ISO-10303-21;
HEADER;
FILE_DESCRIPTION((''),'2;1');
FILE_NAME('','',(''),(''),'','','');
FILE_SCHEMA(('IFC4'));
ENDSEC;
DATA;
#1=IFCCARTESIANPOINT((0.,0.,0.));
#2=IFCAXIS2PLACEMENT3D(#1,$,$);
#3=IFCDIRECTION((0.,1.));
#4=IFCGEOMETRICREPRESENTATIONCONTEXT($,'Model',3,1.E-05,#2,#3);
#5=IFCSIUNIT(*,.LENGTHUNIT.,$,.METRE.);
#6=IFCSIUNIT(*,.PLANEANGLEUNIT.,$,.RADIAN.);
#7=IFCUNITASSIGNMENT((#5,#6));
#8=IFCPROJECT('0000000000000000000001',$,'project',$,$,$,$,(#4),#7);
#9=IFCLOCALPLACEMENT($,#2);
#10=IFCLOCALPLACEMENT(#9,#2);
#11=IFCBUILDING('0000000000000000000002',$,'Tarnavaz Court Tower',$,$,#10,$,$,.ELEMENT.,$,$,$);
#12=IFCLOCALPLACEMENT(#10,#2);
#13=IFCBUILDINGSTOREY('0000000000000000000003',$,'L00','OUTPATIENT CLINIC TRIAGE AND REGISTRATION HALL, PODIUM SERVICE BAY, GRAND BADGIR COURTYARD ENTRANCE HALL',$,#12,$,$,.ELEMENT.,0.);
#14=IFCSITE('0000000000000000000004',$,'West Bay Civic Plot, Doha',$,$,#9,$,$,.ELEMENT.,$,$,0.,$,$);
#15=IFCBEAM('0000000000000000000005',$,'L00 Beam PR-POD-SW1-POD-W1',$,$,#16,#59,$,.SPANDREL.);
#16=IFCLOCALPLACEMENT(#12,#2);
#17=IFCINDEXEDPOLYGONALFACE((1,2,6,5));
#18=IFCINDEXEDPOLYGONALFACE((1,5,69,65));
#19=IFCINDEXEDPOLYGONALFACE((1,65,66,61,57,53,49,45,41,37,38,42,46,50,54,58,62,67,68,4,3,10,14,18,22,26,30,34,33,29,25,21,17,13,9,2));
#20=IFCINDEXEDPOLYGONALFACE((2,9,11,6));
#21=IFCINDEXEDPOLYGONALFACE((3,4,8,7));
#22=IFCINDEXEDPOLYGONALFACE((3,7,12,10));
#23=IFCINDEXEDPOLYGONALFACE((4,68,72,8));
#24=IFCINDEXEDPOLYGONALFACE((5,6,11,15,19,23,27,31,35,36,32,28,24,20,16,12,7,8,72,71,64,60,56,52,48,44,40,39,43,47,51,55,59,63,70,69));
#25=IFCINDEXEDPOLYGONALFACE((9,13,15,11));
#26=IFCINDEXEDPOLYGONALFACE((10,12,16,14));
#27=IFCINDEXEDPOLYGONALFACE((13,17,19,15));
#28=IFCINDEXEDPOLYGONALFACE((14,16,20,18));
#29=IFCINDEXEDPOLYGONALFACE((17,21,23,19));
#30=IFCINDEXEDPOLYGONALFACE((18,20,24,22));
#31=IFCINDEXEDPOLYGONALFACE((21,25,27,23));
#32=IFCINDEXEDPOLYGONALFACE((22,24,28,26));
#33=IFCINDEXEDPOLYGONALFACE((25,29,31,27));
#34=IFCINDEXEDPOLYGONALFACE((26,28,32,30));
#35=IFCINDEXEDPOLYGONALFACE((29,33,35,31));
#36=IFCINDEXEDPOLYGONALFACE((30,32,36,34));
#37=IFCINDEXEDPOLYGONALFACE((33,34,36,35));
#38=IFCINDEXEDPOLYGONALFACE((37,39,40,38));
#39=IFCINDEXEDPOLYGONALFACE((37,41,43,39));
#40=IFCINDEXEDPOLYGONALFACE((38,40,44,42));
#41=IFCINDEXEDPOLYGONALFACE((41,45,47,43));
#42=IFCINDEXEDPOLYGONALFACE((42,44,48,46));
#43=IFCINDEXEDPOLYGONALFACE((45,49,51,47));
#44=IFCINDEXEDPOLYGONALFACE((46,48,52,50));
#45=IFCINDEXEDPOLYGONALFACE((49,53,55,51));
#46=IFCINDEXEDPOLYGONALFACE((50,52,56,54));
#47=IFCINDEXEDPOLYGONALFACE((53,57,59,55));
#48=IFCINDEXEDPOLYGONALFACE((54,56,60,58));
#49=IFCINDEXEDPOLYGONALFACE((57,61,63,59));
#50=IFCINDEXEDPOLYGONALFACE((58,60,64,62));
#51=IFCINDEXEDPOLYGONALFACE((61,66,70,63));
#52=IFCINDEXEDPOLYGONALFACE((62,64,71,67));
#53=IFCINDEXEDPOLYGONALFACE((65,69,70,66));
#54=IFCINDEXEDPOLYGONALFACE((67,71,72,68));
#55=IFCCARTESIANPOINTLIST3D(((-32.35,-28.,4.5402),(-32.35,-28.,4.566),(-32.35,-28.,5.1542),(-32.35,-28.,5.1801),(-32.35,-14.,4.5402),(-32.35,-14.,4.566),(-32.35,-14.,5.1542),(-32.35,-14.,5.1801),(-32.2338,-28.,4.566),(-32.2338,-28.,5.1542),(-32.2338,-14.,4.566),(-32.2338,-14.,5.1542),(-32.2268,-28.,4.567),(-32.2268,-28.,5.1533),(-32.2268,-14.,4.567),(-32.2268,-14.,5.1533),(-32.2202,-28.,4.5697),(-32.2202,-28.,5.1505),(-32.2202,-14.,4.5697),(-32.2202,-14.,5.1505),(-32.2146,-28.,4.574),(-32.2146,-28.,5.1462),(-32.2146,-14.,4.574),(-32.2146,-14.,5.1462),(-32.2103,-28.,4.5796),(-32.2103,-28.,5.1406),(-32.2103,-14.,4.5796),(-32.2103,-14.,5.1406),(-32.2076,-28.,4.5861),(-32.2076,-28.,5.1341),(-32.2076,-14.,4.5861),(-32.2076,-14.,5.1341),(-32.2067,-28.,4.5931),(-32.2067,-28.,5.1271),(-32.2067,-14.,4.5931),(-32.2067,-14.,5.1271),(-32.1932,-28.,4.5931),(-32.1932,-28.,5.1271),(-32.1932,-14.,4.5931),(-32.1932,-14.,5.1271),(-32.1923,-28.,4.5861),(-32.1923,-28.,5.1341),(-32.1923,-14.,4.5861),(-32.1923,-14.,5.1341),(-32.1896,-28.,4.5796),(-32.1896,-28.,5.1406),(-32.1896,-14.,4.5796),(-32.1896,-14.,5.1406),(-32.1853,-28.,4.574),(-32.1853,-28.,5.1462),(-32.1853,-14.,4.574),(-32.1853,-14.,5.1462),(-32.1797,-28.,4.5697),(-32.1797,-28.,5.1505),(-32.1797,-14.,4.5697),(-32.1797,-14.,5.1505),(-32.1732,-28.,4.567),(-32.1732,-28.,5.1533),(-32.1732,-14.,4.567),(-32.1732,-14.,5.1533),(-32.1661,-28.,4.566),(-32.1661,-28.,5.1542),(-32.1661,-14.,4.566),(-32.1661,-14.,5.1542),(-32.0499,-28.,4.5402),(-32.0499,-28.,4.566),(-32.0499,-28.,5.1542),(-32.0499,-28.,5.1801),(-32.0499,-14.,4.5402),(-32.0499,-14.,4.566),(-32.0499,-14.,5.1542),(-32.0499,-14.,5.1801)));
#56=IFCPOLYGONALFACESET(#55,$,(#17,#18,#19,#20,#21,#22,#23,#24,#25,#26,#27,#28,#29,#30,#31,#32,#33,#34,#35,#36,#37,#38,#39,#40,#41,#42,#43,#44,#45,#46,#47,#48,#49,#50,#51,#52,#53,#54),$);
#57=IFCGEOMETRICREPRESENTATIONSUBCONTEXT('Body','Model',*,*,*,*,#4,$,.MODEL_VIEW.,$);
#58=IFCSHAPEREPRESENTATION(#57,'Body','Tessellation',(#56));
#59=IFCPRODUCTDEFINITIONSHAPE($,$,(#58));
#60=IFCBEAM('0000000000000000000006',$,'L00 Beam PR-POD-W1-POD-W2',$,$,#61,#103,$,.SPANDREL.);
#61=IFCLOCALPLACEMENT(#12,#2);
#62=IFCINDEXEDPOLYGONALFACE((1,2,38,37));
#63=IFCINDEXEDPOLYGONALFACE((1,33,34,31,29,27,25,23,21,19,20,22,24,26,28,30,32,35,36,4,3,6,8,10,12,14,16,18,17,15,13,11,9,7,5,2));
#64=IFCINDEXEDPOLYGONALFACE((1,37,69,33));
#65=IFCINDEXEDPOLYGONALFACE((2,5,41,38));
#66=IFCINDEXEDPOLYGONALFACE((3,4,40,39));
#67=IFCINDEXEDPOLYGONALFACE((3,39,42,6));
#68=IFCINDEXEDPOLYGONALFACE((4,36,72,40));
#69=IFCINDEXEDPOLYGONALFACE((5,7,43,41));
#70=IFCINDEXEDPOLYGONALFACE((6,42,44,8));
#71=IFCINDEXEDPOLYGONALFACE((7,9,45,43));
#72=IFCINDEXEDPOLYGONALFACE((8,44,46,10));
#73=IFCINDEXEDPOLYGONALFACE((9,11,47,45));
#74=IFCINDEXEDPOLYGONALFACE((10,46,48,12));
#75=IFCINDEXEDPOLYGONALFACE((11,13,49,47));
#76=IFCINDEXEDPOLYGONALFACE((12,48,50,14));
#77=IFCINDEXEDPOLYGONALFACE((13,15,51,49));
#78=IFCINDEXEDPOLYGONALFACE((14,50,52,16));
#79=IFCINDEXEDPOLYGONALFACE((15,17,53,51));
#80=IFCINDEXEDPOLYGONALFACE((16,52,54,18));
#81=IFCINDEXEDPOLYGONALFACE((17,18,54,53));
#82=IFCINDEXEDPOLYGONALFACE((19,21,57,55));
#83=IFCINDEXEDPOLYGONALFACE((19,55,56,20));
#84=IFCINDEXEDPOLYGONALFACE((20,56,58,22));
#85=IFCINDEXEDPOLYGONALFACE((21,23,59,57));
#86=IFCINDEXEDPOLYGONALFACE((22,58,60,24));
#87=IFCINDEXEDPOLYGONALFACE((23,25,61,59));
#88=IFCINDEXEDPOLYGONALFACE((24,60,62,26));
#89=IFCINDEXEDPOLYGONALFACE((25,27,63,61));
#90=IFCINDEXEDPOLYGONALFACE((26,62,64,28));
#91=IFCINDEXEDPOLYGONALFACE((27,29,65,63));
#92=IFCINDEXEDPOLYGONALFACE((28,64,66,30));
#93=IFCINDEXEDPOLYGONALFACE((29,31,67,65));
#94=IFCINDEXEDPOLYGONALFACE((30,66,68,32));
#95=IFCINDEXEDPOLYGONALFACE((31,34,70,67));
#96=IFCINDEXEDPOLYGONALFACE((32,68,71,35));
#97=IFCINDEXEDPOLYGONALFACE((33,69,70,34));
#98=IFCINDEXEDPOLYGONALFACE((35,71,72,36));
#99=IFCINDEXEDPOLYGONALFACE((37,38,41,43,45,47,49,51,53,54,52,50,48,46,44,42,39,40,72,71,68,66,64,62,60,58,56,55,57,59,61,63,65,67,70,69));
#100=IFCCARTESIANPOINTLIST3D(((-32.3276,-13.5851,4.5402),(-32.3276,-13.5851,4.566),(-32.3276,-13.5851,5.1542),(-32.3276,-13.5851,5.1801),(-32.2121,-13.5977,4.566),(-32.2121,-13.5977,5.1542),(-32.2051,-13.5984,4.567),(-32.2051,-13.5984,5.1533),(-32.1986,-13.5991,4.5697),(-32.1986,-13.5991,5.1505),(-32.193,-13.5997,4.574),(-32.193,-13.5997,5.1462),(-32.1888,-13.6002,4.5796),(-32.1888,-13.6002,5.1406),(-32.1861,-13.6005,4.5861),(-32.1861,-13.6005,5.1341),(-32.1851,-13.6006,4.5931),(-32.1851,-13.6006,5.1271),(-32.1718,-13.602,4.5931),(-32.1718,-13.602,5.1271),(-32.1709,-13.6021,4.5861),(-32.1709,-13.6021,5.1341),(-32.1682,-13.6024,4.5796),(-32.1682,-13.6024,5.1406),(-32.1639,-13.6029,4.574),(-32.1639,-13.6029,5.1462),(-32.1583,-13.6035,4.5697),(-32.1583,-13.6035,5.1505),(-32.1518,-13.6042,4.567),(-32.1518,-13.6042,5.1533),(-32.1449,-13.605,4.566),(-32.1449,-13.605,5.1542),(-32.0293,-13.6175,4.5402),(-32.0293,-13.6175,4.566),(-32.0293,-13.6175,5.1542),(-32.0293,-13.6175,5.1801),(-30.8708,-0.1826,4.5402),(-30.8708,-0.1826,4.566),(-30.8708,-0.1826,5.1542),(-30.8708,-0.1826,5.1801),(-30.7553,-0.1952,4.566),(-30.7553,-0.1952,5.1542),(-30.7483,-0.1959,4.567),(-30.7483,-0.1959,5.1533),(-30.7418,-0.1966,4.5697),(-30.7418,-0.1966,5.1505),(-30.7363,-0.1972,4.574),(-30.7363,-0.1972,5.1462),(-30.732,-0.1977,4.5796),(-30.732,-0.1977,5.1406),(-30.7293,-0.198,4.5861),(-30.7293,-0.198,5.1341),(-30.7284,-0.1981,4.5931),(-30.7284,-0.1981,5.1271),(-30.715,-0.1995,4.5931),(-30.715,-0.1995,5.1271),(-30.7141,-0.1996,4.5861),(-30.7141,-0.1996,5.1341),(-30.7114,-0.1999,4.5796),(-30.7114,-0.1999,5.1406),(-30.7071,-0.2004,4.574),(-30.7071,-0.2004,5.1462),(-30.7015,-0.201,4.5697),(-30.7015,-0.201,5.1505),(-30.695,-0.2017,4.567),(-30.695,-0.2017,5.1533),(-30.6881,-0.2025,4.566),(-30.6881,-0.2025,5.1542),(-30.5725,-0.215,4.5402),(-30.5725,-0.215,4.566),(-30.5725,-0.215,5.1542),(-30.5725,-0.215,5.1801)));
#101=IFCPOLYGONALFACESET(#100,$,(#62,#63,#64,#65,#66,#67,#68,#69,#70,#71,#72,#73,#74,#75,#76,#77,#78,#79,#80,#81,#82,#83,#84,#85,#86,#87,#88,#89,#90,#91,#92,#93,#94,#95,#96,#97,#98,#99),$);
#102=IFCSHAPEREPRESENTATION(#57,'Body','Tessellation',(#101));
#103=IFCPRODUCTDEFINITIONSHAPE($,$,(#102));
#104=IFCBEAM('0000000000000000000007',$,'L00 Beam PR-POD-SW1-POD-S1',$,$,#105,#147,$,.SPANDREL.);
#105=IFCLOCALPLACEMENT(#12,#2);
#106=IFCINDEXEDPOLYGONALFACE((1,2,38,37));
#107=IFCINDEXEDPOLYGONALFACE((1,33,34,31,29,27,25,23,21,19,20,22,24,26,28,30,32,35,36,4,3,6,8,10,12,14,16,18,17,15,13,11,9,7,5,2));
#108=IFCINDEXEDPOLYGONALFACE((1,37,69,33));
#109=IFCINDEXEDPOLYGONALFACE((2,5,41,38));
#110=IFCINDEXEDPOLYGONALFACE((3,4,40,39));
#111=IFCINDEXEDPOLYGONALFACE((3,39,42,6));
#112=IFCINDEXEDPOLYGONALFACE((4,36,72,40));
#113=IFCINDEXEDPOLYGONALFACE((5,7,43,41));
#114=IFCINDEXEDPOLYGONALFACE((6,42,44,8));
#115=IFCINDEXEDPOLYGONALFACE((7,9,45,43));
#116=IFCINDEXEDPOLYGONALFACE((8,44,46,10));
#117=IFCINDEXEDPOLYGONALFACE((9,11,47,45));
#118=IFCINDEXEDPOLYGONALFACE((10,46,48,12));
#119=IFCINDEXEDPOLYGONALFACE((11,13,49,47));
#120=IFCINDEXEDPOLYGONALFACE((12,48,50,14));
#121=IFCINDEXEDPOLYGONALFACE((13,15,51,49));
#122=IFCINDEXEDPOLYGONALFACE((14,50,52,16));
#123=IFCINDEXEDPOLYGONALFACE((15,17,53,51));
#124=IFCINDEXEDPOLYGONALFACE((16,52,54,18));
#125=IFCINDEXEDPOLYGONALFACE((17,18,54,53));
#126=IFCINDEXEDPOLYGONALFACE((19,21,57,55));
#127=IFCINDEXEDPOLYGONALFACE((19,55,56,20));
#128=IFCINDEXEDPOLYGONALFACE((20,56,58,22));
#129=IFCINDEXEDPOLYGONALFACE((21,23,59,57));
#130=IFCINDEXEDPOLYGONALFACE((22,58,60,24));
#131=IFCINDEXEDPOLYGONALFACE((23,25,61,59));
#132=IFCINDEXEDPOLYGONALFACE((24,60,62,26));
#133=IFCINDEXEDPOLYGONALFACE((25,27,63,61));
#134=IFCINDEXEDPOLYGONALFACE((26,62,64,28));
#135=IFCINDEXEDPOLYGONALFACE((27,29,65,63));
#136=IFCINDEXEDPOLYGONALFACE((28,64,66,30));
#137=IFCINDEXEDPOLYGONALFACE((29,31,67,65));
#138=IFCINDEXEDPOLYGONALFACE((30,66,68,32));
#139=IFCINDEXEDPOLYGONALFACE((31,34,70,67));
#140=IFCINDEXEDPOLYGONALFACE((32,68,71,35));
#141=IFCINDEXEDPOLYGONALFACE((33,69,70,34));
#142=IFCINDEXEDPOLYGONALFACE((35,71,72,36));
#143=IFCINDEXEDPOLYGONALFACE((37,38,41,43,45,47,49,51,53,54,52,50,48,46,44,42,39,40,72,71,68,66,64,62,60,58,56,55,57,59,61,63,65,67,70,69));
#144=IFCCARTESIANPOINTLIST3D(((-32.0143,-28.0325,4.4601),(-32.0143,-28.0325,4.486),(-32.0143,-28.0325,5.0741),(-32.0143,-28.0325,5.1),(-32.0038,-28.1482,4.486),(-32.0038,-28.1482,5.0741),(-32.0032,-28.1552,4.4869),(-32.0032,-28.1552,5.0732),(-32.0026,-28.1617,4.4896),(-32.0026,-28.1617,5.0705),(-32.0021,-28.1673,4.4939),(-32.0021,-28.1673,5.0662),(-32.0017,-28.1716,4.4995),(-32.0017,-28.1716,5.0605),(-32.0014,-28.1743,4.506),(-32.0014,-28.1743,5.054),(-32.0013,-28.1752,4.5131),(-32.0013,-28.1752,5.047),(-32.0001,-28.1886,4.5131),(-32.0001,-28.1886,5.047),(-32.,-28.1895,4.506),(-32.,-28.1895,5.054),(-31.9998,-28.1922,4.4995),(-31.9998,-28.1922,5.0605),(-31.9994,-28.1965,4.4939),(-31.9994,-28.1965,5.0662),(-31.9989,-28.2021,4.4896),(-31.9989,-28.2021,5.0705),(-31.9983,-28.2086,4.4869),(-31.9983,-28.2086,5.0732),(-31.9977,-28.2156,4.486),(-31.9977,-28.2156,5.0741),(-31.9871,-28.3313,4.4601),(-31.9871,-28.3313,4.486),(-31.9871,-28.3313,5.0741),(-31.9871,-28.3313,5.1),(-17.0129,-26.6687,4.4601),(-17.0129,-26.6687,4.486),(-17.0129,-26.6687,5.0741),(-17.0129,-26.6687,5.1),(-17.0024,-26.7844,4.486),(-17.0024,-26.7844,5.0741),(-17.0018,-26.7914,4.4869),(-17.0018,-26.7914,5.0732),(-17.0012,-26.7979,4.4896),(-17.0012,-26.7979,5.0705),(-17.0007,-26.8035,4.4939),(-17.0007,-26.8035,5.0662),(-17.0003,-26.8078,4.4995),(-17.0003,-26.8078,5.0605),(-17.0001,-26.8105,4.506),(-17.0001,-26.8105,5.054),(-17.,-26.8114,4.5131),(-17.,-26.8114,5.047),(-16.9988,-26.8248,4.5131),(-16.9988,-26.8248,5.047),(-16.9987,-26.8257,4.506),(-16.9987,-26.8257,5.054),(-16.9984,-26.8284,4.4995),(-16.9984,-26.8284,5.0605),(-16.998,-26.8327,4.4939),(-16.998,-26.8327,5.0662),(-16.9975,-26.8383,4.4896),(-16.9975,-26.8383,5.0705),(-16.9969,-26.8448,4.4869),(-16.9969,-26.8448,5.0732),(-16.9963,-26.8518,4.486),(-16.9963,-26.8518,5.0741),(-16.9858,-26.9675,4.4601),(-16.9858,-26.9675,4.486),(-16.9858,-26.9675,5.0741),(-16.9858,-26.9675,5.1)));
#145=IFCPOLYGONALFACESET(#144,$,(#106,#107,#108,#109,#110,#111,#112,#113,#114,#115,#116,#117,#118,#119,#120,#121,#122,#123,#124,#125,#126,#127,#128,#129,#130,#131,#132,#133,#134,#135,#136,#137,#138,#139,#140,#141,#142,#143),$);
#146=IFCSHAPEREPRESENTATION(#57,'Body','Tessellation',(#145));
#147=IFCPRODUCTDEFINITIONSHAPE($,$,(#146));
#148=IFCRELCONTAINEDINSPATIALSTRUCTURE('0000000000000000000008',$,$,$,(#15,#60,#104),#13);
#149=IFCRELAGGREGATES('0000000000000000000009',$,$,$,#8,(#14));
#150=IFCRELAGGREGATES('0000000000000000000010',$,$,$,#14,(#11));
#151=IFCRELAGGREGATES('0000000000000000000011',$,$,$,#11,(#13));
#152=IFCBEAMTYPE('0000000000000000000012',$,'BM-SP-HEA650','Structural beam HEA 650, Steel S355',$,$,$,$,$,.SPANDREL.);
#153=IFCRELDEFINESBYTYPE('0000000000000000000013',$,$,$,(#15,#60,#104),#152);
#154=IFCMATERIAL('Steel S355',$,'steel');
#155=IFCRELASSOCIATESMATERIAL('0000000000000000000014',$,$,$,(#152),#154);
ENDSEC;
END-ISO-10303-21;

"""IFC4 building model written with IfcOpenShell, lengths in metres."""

from ifc_helpers import new_model, si_unit, direction, frame, origin, origin_2d, place, context, subcontext, project, spatial, i_section, extrude, material, material_profile, profile_set, type_object, element, save


model = new_model("IFC4")

# Units and contexts
model_context = context("Model", 3, precision=1e-05, world=origin(), true_north=direction((0.0, 1.0)))
body_context = subcontext(model_context, "Body", "Model", "MODEL_VIEW")
ifc_project = project(units=[si_unit("LENGTHUNIT", "METRE"), si_unit("PLANEANGLEUNIT", "RADIAN")], contexts=[model_context])

# Site, building, storey
site_placement = place(None, origin())
site = spatial("IfcSite", under=ifc_project, at=site_placement, Name="West Bay Civic Plot, Doha", CompositionType="ELEMENT", RefElevation=0.0)
building_placement = place(site_placement, origin())
building = spatial("IfcBuilding", under=site, at=building_placement, Name="Tarnavaz Court Tower", CompositionType="ELEMENT")
storey_placement = place(building_placement, origin())
storey = spatial("IfcBuildingStorey", under=building, at=storey_placement, Name="L00", Description="OUTPATIENT CLINIC TRIAGE AND REGISTRATION HALL, PODIUM SERVICE BAY, GRAND BADGIR COURTYARD ENTRANCE HALL", CompositionType="ELEMENT", Elevation=0.0)

# Beams
ifc_material_1 = material(Name="Steel S355", Category="steel")
ifc_material_profile_1 = material_profile(ifc_material_1, i_section(OverallWidth=0.3, OverallDepth=0.6399, WebThickness=0.0134, FlangeThickness=0.0259, FilletRadius=0.0271, at=origin_2d()), Name="HEA 650")
ifc_profile_set_1 = profile_set([ifc_material_profile_1], Name="Steel S355")
beam_type_1 = type_object("IfcBeamType", Name="BM-SP-HEA650", Description="Structural beam HEA 650, Steel S355", PredefinedType="SPANDREL", material=ifc_profile_set_1)
beam_1_placement = place(storey_placement, frame((-32.2, -28.0, 4.8601), z_axis=(0.0, 1.0, 0.0), x_axis=(-1.0, 0.0, 0.0)))
element("IfcBeam", 1, at=beam_1_placement, inside=storey, type_object=beam_type_1, Name="L00 Beam PR-POD-SW1-POD-W1", PredefinedType="SPANDREL", context=body_context, shape_type="SweptSolid", body=[
    extrude(i_section(OverallWidth=0.3, OverallDepth=0.6399, WebThickness=0.0134, FlangeThickness=0.0259, FilletRadius=0.0271, at=origin_2d()), origin(), (0.0, 0.0, 1.0), 14.0),
])
beam_2_placement = place(storey_placement, frame((-32.1785, -13.6013, 4.8601), z_axis=(0.108058, 0.994145, 0.0), x_axis=(-0.994145, 0.108058, 0.0)))
element("IfcBeam", 2, at=beam_2_placement, inside=storey, type_object=beam_type_1, Name="L00 Beam PR-POD-W1-POD-W2", PredefinedType="SPANDREL", context=body_context, shape_type="SweptSolid", body=[
    extrude(i_section(OverallWidth=0.3, OverallDepth=0.6399, WebThickness=0.0134, FlangeThickness=0.0259, FilletRadius=0.0271, at=origin_2d()), origin(), (0.0, 0.0, 1.0), 13.4814),
])
beam_3_placement = place(storey_placement, frame((-32.0007, -28.1819, 4.78), z_axis=(0.995893, 0.090536, 0.0), x_axis=(-0.090536, 0.995893, 0.0)))
element("IfcBeam", 3, at=beam_3_placement, inside=storey, type_object=beam_type_1, Name="L00 Beam PR-POD-SW1-POD-S1", PredefinedType="SPANDREL", context=body_context, shape_type="SweptSolid", body=[
    extrude(i_section(OverallWidth=0.3, OverallDepth=0.6399, WebThickness=0.0134, FlangeThickness=0.0259, FilletRadius=0.0271, at=origin_2d()), origin(), (0.0, 0.0, 1.0), 15.0632),
])

save(model, "model.ifc")
